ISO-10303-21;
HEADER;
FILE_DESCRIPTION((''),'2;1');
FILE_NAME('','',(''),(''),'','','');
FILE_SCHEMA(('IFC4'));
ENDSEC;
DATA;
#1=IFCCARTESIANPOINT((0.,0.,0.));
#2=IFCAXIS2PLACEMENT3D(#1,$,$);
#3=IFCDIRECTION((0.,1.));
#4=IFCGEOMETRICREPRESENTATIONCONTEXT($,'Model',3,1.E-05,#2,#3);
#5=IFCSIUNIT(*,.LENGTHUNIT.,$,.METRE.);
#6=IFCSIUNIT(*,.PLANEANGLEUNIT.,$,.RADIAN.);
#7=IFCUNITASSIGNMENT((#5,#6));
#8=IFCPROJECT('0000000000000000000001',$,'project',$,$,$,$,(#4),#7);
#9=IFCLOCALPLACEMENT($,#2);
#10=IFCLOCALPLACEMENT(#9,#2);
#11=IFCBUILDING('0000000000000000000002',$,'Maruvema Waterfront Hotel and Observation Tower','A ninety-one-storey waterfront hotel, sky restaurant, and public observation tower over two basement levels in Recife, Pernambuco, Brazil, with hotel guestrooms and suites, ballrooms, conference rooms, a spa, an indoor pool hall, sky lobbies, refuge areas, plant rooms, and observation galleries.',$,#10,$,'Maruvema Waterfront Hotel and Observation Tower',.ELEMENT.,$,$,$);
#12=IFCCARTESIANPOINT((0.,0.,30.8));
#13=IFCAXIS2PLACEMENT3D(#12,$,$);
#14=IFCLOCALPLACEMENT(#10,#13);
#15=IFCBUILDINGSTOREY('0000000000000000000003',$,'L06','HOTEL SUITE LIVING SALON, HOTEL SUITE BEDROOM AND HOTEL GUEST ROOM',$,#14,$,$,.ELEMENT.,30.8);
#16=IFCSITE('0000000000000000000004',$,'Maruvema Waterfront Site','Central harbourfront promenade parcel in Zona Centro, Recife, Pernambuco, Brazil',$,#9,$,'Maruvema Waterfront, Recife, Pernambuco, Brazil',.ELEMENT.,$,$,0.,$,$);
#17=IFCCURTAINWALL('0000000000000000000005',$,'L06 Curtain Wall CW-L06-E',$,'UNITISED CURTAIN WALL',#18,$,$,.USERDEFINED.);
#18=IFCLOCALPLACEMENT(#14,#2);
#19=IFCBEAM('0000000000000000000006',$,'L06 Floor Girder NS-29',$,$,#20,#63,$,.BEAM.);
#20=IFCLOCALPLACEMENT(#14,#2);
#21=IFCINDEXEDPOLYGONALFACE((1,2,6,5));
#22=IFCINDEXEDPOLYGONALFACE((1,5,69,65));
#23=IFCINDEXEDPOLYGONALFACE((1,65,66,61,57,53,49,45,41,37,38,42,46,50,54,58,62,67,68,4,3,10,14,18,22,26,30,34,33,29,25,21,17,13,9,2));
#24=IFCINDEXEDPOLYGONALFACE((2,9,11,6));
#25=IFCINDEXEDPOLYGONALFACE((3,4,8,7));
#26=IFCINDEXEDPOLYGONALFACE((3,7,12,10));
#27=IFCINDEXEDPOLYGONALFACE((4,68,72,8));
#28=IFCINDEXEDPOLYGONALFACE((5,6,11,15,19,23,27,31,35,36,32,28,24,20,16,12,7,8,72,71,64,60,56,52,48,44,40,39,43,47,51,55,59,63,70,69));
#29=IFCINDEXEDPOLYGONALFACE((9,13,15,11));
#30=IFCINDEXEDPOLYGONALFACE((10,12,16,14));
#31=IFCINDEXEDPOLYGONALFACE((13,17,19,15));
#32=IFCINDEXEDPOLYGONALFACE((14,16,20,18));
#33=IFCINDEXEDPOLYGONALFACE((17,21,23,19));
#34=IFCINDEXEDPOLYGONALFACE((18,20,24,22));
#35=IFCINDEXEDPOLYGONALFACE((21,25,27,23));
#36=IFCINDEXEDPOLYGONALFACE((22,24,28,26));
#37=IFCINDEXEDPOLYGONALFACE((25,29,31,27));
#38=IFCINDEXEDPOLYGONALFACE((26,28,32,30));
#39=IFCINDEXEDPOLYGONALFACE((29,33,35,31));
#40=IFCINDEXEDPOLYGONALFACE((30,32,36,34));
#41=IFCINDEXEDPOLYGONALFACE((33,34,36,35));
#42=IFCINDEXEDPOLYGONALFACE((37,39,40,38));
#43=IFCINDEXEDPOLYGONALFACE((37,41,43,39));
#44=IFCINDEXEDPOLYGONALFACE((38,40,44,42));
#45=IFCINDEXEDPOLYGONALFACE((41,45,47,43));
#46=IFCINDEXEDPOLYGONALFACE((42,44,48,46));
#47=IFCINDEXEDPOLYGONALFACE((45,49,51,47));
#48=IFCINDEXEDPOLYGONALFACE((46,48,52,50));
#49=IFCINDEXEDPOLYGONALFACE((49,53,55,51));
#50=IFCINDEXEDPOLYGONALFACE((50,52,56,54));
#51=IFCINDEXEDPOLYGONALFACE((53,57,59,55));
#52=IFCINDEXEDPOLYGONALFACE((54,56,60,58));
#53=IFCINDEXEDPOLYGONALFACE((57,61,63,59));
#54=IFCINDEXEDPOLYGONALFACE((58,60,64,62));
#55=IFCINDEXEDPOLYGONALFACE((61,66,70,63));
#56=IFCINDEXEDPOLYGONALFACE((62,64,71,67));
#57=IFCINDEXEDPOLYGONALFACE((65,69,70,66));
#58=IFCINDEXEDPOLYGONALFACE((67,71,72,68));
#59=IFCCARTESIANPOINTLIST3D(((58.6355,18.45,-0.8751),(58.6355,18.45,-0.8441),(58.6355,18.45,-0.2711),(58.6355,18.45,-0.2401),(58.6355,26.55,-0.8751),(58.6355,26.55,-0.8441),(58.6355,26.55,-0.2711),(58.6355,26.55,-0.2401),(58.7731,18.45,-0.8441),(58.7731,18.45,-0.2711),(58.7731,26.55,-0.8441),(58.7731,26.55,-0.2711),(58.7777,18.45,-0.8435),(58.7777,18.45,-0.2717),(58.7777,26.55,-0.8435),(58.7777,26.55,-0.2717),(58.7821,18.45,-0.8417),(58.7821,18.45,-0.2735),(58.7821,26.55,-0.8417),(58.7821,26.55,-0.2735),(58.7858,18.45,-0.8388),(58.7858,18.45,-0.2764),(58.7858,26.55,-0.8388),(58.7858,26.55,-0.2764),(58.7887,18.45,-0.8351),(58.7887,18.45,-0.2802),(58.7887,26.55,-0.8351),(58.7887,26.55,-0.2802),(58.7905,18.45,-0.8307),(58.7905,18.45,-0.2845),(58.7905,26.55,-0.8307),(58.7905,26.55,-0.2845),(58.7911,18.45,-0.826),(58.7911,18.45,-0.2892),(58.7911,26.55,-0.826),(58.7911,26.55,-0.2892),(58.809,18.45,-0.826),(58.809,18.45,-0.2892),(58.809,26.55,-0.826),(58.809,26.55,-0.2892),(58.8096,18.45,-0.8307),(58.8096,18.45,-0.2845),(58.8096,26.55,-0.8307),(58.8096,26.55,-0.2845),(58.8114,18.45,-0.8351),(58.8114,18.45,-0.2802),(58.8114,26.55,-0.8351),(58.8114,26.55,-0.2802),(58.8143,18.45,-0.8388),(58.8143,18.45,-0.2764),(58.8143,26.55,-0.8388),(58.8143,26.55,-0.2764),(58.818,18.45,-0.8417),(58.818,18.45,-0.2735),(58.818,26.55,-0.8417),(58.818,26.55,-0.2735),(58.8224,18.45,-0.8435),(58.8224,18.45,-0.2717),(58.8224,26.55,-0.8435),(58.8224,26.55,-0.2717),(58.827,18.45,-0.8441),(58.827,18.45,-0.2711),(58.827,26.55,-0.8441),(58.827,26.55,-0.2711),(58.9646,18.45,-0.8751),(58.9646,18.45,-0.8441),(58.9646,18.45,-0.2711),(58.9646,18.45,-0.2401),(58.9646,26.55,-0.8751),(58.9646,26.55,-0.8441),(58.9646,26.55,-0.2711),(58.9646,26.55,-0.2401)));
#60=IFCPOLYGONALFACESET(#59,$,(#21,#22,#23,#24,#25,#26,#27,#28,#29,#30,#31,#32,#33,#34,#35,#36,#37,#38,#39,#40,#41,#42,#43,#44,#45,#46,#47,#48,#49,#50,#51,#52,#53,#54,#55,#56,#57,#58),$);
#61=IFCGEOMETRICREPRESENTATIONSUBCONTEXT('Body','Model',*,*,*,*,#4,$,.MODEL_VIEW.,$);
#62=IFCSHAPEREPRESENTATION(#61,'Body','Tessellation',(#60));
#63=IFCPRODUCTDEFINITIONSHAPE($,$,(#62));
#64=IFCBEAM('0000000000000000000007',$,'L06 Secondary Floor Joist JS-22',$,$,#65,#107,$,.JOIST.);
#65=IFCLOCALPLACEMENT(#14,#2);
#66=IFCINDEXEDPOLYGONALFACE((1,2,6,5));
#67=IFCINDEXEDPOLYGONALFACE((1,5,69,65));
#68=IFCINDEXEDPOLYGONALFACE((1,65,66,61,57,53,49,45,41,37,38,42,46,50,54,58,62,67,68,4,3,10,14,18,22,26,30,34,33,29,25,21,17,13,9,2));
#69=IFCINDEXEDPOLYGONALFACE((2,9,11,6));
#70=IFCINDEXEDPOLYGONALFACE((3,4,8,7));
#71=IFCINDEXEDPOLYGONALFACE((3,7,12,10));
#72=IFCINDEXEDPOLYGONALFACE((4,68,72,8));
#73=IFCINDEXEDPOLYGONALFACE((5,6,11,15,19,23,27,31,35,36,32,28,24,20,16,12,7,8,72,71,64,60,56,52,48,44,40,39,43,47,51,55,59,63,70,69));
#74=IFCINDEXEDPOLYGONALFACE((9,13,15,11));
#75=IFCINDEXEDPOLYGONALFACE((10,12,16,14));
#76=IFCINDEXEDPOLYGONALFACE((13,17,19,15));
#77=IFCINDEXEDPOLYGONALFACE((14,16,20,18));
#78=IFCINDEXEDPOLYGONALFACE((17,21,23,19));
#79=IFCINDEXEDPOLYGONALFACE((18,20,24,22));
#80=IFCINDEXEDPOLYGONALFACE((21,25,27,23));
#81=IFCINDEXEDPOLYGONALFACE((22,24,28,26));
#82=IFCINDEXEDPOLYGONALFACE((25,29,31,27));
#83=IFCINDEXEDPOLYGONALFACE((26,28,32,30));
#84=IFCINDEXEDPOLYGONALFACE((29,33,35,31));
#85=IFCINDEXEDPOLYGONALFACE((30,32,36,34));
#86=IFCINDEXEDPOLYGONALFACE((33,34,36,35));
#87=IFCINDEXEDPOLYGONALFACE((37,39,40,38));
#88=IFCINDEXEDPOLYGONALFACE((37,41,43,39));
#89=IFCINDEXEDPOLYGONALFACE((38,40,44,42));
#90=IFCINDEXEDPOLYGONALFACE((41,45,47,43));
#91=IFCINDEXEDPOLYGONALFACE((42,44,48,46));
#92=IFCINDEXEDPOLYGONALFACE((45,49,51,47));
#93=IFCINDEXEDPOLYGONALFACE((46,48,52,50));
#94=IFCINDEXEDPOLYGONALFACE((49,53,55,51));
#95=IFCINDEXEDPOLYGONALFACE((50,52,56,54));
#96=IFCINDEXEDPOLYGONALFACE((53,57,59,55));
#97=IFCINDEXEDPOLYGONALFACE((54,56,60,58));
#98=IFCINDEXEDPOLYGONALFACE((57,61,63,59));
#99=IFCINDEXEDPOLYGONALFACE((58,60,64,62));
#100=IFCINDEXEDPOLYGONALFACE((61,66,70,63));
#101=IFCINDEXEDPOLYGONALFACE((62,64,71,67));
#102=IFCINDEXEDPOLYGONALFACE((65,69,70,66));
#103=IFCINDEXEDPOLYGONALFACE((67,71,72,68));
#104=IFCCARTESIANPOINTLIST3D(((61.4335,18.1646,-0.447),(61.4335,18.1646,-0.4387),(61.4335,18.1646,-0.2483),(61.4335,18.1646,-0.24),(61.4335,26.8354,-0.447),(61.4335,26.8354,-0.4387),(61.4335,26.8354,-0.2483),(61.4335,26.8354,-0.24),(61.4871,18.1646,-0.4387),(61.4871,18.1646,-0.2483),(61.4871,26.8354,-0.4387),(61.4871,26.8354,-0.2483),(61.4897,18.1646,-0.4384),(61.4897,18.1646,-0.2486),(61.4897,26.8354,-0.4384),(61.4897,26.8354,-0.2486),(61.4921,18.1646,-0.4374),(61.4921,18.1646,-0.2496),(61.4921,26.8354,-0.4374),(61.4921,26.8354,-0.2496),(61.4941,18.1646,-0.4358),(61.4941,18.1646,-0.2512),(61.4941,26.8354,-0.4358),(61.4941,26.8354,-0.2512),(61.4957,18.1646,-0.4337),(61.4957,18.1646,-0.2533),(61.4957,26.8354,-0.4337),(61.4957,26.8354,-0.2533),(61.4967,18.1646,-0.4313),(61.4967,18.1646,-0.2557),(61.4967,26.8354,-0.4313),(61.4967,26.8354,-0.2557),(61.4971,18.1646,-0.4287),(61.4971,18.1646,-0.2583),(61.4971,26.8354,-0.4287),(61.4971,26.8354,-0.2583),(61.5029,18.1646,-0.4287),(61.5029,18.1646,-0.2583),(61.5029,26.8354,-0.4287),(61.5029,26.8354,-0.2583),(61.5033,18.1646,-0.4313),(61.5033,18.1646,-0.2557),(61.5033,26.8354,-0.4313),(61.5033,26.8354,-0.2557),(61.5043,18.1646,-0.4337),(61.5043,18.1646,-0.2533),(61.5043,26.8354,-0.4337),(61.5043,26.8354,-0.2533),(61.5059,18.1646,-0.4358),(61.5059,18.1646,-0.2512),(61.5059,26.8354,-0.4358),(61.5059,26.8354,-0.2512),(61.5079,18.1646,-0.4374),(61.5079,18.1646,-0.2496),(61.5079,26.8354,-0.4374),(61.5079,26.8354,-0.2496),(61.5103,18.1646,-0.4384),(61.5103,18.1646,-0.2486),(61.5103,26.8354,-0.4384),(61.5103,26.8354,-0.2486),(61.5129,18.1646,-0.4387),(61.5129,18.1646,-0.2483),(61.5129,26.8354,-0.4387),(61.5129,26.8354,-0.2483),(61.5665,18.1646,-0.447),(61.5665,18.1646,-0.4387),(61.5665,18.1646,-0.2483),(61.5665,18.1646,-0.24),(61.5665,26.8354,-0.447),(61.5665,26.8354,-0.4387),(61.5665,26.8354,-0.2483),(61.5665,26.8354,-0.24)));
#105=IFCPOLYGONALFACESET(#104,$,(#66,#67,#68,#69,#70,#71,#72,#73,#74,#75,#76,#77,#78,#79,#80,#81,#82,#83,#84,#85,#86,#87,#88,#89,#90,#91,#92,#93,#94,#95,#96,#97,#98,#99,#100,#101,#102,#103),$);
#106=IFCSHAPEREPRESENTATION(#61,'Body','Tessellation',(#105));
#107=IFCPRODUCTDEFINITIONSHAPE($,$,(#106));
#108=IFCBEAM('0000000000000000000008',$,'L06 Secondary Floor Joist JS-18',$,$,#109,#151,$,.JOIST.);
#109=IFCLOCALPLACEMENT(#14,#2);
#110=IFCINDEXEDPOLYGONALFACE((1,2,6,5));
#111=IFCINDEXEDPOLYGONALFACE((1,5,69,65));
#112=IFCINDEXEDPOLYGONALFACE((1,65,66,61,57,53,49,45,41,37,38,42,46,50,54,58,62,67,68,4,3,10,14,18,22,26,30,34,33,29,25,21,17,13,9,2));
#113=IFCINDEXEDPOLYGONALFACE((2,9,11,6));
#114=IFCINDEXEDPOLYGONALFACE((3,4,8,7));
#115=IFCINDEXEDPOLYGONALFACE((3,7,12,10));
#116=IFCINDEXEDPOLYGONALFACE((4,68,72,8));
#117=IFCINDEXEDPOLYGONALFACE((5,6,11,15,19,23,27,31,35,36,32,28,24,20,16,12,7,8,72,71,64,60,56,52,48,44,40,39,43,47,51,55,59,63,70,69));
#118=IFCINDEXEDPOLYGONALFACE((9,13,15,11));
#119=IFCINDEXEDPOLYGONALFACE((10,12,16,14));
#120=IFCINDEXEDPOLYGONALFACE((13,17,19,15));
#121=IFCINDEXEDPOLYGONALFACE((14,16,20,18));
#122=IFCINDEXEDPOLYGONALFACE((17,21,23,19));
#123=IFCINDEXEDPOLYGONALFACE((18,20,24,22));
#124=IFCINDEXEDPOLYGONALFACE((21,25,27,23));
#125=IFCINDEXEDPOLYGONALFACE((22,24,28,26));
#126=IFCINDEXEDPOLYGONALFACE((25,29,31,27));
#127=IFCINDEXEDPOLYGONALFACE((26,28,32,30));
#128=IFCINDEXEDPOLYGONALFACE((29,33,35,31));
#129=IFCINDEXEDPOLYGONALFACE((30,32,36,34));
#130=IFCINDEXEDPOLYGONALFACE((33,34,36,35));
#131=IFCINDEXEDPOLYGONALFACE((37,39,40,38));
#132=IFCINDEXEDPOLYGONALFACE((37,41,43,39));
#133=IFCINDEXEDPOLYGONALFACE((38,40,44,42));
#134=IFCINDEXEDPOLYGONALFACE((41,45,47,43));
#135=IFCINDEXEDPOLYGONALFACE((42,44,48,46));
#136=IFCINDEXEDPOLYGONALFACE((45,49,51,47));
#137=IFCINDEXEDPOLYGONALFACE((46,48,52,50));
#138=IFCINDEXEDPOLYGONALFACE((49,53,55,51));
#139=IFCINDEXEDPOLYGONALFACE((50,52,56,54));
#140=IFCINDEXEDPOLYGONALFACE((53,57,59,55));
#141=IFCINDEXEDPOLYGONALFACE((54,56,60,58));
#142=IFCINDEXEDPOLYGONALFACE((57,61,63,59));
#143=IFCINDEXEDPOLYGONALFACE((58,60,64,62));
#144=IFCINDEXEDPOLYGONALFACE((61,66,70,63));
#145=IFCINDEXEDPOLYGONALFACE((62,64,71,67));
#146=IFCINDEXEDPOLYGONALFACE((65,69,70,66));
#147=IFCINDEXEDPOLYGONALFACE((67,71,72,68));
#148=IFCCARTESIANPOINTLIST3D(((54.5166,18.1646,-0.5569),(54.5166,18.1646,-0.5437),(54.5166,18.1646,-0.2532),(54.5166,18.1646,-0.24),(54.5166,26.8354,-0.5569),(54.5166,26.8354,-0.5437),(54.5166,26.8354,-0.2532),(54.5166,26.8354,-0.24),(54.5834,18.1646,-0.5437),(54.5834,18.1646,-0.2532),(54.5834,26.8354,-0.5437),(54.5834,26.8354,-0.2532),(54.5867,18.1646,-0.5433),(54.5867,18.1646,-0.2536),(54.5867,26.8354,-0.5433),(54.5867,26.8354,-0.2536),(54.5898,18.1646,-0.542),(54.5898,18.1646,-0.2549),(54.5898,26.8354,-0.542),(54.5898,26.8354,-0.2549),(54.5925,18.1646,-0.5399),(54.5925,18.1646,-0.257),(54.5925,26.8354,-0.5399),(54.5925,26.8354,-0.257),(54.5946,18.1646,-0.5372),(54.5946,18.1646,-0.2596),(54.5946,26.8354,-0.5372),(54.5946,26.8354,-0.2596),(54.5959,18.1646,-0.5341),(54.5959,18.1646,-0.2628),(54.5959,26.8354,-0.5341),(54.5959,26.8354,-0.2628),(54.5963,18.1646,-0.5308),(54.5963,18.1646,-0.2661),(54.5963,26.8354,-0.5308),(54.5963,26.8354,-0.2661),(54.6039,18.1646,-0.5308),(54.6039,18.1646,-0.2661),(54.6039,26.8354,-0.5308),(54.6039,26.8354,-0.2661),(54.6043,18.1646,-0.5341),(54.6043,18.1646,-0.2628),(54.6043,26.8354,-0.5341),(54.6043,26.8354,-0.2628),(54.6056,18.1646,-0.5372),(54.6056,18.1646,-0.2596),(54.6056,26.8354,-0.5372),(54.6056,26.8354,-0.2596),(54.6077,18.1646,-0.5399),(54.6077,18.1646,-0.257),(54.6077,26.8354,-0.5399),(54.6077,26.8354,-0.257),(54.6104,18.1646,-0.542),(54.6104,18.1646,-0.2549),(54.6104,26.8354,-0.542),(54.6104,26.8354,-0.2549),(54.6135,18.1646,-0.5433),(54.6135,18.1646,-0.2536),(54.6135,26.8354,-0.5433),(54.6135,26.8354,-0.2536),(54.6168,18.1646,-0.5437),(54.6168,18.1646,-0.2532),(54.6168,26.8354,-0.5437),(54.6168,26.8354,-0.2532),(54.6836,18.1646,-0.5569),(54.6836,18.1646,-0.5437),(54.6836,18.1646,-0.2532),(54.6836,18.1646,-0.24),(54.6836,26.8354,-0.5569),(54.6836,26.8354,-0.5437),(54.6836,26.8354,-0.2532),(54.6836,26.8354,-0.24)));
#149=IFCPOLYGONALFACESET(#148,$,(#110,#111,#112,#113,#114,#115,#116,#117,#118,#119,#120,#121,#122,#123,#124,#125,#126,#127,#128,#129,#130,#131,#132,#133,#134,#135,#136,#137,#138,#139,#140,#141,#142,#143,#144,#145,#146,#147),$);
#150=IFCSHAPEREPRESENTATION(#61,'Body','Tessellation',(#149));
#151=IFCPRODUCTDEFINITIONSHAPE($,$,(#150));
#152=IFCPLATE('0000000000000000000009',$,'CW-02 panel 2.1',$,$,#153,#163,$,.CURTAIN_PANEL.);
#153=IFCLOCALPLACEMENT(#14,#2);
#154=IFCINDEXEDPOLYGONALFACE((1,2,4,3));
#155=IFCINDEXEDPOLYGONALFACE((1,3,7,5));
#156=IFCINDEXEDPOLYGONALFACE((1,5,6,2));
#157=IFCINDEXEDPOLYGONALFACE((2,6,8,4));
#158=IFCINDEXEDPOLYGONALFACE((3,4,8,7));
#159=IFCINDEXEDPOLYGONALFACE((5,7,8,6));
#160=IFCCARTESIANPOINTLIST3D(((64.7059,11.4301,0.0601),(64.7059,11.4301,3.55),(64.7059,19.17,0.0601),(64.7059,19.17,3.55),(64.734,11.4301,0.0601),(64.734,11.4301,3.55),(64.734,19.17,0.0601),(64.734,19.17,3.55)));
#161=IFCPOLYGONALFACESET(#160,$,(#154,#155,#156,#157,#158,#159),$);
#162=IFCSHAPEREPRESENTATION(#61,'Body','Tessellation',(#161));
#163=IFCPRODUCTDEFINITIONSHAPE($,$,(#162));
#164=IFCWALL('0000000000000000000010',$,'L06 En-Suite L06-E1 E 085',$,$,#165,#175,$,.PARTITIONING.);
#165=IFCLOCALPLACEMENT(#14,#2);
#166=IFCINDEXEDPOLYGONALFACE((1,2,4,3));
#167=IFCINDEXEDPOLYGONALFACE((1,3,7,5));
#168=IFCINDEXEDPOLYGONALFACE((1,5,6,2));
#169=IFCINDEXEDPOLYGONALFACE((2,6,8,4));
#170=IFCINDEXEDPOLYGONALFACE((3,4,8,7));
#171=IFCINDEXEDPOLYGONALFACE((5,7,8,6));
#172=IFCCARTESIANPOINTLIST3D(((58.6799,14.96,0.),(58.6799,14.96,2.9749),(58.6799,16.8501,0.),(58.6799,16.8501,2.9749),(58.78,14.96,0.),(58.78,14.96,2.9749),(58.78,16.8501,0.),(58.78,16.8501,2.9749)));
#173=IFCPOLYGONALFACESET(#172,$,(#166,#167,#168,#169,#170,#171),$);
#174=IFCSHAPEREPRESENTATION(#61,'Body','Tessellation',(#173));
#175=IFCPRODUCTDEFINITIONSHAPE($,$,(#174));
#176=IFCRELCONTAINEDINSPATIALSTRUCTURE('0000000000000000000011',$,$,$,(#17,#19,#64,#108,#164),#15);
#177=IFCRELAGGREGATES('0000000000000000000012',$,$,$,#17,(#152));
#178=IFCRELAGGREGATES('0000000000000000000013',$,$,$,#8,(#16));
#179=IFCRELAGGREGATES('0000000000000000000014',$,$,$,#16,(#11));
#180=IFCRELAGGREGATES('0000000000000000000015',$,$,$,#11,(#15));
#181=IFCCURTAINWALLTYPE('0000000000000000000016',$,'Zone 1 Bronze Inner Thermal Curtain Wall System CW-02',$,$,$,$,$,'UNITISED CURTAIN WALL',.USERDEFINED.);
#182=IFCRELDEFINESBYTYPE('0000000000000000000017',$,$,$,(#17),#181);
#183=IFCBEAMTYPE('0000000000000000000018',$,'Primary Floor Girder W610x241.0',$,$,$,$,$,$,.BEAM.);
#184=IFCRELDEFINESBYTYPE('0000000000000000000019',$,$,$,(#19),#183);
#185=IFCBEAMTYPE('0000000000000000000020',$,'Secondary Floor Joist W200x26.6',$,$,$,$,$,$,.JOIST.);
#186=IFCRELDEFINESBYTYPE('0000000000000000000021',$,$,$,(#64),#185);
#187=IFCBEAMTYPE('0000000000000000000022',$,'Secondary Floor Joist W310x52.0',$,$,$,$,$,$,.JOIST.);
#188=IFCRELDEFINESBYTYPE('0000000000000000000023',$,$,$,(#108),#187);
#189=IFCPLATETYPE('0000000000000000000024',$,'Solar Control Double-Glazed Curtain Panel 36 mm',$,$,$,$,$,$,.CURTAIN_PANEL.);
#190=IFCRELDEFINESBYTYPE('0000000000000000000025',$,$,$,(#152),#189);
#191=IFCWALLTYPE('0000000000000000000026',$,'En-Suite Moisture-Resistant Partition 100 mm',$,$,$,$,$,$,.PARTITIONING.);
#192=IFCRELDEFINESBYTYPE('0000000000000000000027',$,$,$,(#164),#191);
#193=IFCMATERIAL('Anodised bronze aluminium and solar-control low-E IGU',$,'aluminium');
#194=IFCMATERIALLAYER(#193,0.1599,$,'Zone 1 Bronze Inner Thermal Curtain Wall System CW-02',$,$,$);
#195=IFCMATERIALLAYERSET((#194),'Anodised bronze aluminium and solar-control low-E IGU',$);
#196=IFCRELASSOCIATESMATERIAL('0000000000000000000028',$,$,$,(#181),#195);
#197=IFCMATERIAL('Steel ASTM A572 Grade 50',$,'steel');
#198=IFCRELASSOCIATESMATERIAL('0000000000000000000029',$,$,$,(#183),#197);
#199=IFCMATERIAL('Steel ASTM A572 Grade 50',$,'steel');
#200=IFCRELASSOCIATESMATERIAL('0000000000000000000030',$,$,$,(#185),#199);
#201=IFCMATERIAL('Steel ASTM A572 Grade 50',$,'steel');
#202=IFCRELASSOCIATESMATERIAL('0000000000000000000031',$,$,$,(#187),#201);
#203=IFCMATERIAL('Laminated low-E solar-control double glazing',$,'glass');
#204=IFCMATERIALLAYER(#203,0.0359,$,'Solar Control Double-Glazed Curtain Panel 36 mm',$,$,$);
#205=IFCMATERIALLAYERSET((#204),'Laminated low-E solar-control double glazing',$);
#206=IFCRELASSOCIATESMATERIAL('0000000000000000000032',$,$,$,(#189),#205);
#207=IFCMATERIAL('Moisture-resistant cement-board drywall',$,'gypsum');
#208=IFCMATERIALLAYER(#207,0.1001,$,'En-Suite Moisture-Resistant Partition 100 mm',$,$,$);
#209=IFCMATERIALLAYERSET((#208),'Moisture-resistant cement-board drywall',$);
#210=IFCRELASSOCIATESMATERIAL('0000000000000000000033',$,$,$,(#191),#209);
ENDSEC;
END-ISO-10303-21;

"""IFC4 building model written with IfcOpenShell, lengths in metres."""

from ifc_helpers import new_model, si_unit, direction, frame, frame_2d, origin, origin_2d, place, context, subcontext, project, spatial, rectangle, i_section, extrude, material, layer, layer_set, material_profile, profile_set, type_object, element, aggregate, save


model = new_model("IFC4")

# Units and contexts
model_context = context("Model", 3, precision=1e-05, world=origin(), true_north=direction((0.0, 1.0)))
body_context = subcontext(model_context, "Body", "Model", "MODEL_VIEW")
ifc_project = project(units=[si_unit("LENGTHUNIT", "METRE"), si_unit("PLANEANGLEUNIT", "RADIAN")], contexts=[model_context])

# Site, building, storey
site_placement = place(None, origin())
site = spatial("IfcSite", under=ifc_project, at=site_placement, Name="Maruvema Waterfront Site", Description="Central harbourfront promenade parcel in Zona Centro, Recife, Pernambuco, Brazil", LongName="Maruvema Waterfront, Recife, Pernambuco, Brazil", CompositionType="ELEMENT", RefElevation=0.0)
building_placement = place(site_placement, origin())
building = spatial("IfcBuilding", under=site, at=building_placement, Name="Maruvema Waterfront Hotel and Observation Tower", Description="A ninety-one-storey waterfront hotel, sky restaurant, and public observation tower over two basement levels in Recife, Pernambuco, Brazil, with hotel guestrooms and suites, ballrooms, conference rooms, a spa, an indoor pool hall, sky lobbies, refuge areas, plant rooms, and observation galleries.", LongName="Maruvema Waterfront Hotel and Observation Tower", CompositionType="ELEMENT")
storey_placement = place(building_placement, frame((0.0, 0.0, 30.8)))
storey = spatial("IfcBuildingStorey", under=building, at=storey_placement, Name="L06", Description="HOTEL SUITE LIVING SALON, HOTEL SUITE BEDROOM AND HOTEL GUEST ROOM", CompositionType="ELEMENT", Elevation=30.8)

# Curtain wall
ifc_material_1 = material(Name="Anodised bronze aluminium and solar-control low-E IGU", Category="aluminium")
ifc_layer_1 = layer(ifc_material_1, 0.1599, Name="Zone 1 Bronze Inner Thermal Curtain Wall System CW-02")
ifc_layer_set_1 = layer_set([ifc_layer_1], Name="Anodised bronze aluminium and solar-control low-E IGU")
curtain_wall_type = type_object("IfcCurtainWallType", Name="Zone 1 Bronze Inner Thermal Curtain Wall System CW-02", ElementType="UNITISED CURTAIN WALL", PredefinedType="USERDEFINED", material=ifc_layer_set_1)
curtain_wall_placement = place(storey_placement, origin())
curtain_wall = element("IfcCurtainWall", 1, at=curtain_wall_placement, inside=storey, type_object=curtain_wall_type, Name="L06 Curtain Wall CW-L06-E", ObjectType="UNITISED CURTAIN WALL", PredefinedType="USERDEFINED")

# Beams
ifc_material_2 = material(Name="Steel ASTM A572 Grade 50", Category="steel")
ifc_material_profile_1 = material_profile(ifc_material_2, i_section(OverallWidth=0.3291, OverallDepth=0.635, WebThickness=0.0178, FlangeThickness=0.031, FilletRadius=0.0181, at=origin_2d()), Name="W610x241.0")
ifc_profile_set_1 = profile_set([ifc_material_profile_1], Name="Steel ASTM A572 Grade 50")
beam_type_1 = type_object("IfcBeamType", Name="Primary Floor Girder W610x241.0", PredefinedType="BEAM", material=ifc_profile_set_1)
beam_1_placement = place(storey_placement, frame((58.8, 18.45, -0.5576), z_axis=(0.0, 1.0, 0.0), x_axis=(-1.0, 0.0, 0.0)))
element("IfcBeam", 2, at=beam_1_placement, inside=storey, type_object=beam_type_1, Name="L06 Floor Girder NS-29", PredefinedType="BEAM", context=body_context, shape_type="SweptSolid", body=[
    extrude(i_section(OverallWidth=0.3291, OverallDepth=0.635, WebThickness=0.0178, FlangeThickness=0.031, FilletRadius=0.0181, at=origin_2d()), origin(), (0.0, 0.0, 1.0), 8.1001),
])
ifc_material_3 = material(Name="Steel ASTM A572 Grade 50", Category="steel")
ifc_material_profile_2 = material_profile(ifc_material_3, i_section(OverallWidth=0.1331, OverallDepth=0.207, WebThickness=0.0059, FlangeThickness=0.0083, FilletRadius=0.01, at=origin_2d()), Name="W200x26.6")
ifc_profile_set_2 = profile_set([ifc_material_profile_2], Name="Steel ASTM A572 Grade 50")
beam_type_2 = type_object("IfcBeamType", Name="Secondary Floor Joist W200x26.6", PredefinedType="JOIST", material=ifc_profile_set_2)
beam_2_placement = place(storey_placement, frame((61.5, 18.1646, -0.3435), z_axis=(0.0, 1.0, 0.0), x_axis=(-1.0, 0.0, 0.0)))
element("IfcBeam", 3, at=beam_2_placement, inside=storey, type_object=beam_type_2, Name="L06 Secondary Floor Joist JS-22", PredefinedType="JOIST", context=body_context, shape_type="SweptSolid", body=[
    extrude(i_section(OverallWidth=0.1331, OverallDepth=0.207, WebThickness=0.0059, FlangeThickness=0.0083, FilletRadius=0.01, at=origin_2d()), origin(), (0.0, 0.0, 1.0), 8.6709),
])
ifc_material_4 = material(Name="Steel ASTM A572 Grade 50", Category="steel")
ifc_material_profile_3 = material_profile(ifc_material_4, i_section(OverallWidth=0.167, OverallDepth=0.3169, WebThickness=0.0076, FlangeThickness=0.0132, FilletRadius=0.0129, at=origin_2d()), Name="W310x52.0")
ifc_profile_set_3 = profile_set([ifc_material_profile_3], Name="Steel ASTM A572 Grade 50")
beam_type_3 = type_object("IfcBeamType", Name="Secondary Floor Joist W310x52.0", PredefinedType="JOIST", material=ifc_profile_set_3)
beam_3_placement = place(storey_placement, frame((54.6001, 18.1646, -0.3984), z_axis=(0.0, 1.0, 0.0), x_axis=(-1.0, 0.0, 0.0)))
element("IfcBeam", 4, at=beam_3_placement, inside=storey, type_object=beam_type_3, Name="L06 Secondary Floor Joist JS-18", PredefinedType="JOIST", context=body_context, shape_type="SweptSolid", body=[
    extrude(i_section(OverallWidth=0.167, OverallDepth=0.3169, WebThickness=0.0076, FlangeThickness=0.0132, FilletRadius=0.0129, at=origin_2d()), origin(), (0.0, 0.0, 1.0), 8.6709),
])

# Plate
ifc_material_5 = material(Name="Laminated low-E solar-control double glazing", Category="glass")
ifc_layer_2 = layer(ifc_material_5, 0.0359, Name="Solar Control Double-Glazed Curtain Panel 36 mm")
ifc_layer_set_2 = layer_set([ifc_layer_2], Name="Laminated low-E solar-control double glazing")
plate_type = type_object("IfcPlateType", Name="Solar Control Double-Glazed Curtain Panel 36 mm", PredefinedType="CURTAIN_PANEL", material=ifc_layer_set_2)
plate_placement = place(storey_placement, frame((64.72, 15.3, 0.0601), z_axis=(0.0, 0.0, 1.0), x_axis=(0.0, 1.0, 0.0)))
plate = element("IfcPlate", 5, at=plate_placement, type_object=plate_type, Name="CW-02 panel 2.1", PredefinedType="CURTAIN_PANEL", context=body_context, shape_type="SweptSolid", body=[
    extrude(rectangle(XDim=7.74, YDim=0.0281, at=origin_2d()), origin(), (0.0, 0.0, 1.0), 3.49),
])
aggregate(curtain_wall, [plate])

# Wall
ifc_material_6 = material(Name="Moisture-resistant cement-board drywall", Category="gypsum")
ifc_layer_3 = layer(ifc_material_6, 0.1001, Name="En-Suite Moisture-Resistant Partition 100 mm")
ifc_layer_set_3 = layer_set([ifc_layer_3], Name="Moisture-resistant cement-board drywall")
wall_type_1 = type_object("IfcWallType", Name="En-Suite Moisture-Resistant Partition 100 mm", PredefinedType="PARTITIONING", material=ifc_layer_set_3)
wall_1_placement = place(storey_placement, frame((58.73, 14.96, 0.0), z_axis=(0.0, 0.0, 1.0), x_axis=(0.0, 1.0, 0.0)))
element("IfcWall", 6, at=wall_1_placement, inside=storey, type_object=wall_type_1, Name="L06 En-Suite L06-E1 E 085", PredefinedType="PARTITIONING", context=body_context, shape_type="SweptSolid", body=[
    extrude(rectangle(XDim=1.8901, YDim=0.1001, at=frame_2d((0.9451, 0.0))), origin(), (0.0, 0.0, 1.0), 2.9749),
])

save(model, "model.ifc")
